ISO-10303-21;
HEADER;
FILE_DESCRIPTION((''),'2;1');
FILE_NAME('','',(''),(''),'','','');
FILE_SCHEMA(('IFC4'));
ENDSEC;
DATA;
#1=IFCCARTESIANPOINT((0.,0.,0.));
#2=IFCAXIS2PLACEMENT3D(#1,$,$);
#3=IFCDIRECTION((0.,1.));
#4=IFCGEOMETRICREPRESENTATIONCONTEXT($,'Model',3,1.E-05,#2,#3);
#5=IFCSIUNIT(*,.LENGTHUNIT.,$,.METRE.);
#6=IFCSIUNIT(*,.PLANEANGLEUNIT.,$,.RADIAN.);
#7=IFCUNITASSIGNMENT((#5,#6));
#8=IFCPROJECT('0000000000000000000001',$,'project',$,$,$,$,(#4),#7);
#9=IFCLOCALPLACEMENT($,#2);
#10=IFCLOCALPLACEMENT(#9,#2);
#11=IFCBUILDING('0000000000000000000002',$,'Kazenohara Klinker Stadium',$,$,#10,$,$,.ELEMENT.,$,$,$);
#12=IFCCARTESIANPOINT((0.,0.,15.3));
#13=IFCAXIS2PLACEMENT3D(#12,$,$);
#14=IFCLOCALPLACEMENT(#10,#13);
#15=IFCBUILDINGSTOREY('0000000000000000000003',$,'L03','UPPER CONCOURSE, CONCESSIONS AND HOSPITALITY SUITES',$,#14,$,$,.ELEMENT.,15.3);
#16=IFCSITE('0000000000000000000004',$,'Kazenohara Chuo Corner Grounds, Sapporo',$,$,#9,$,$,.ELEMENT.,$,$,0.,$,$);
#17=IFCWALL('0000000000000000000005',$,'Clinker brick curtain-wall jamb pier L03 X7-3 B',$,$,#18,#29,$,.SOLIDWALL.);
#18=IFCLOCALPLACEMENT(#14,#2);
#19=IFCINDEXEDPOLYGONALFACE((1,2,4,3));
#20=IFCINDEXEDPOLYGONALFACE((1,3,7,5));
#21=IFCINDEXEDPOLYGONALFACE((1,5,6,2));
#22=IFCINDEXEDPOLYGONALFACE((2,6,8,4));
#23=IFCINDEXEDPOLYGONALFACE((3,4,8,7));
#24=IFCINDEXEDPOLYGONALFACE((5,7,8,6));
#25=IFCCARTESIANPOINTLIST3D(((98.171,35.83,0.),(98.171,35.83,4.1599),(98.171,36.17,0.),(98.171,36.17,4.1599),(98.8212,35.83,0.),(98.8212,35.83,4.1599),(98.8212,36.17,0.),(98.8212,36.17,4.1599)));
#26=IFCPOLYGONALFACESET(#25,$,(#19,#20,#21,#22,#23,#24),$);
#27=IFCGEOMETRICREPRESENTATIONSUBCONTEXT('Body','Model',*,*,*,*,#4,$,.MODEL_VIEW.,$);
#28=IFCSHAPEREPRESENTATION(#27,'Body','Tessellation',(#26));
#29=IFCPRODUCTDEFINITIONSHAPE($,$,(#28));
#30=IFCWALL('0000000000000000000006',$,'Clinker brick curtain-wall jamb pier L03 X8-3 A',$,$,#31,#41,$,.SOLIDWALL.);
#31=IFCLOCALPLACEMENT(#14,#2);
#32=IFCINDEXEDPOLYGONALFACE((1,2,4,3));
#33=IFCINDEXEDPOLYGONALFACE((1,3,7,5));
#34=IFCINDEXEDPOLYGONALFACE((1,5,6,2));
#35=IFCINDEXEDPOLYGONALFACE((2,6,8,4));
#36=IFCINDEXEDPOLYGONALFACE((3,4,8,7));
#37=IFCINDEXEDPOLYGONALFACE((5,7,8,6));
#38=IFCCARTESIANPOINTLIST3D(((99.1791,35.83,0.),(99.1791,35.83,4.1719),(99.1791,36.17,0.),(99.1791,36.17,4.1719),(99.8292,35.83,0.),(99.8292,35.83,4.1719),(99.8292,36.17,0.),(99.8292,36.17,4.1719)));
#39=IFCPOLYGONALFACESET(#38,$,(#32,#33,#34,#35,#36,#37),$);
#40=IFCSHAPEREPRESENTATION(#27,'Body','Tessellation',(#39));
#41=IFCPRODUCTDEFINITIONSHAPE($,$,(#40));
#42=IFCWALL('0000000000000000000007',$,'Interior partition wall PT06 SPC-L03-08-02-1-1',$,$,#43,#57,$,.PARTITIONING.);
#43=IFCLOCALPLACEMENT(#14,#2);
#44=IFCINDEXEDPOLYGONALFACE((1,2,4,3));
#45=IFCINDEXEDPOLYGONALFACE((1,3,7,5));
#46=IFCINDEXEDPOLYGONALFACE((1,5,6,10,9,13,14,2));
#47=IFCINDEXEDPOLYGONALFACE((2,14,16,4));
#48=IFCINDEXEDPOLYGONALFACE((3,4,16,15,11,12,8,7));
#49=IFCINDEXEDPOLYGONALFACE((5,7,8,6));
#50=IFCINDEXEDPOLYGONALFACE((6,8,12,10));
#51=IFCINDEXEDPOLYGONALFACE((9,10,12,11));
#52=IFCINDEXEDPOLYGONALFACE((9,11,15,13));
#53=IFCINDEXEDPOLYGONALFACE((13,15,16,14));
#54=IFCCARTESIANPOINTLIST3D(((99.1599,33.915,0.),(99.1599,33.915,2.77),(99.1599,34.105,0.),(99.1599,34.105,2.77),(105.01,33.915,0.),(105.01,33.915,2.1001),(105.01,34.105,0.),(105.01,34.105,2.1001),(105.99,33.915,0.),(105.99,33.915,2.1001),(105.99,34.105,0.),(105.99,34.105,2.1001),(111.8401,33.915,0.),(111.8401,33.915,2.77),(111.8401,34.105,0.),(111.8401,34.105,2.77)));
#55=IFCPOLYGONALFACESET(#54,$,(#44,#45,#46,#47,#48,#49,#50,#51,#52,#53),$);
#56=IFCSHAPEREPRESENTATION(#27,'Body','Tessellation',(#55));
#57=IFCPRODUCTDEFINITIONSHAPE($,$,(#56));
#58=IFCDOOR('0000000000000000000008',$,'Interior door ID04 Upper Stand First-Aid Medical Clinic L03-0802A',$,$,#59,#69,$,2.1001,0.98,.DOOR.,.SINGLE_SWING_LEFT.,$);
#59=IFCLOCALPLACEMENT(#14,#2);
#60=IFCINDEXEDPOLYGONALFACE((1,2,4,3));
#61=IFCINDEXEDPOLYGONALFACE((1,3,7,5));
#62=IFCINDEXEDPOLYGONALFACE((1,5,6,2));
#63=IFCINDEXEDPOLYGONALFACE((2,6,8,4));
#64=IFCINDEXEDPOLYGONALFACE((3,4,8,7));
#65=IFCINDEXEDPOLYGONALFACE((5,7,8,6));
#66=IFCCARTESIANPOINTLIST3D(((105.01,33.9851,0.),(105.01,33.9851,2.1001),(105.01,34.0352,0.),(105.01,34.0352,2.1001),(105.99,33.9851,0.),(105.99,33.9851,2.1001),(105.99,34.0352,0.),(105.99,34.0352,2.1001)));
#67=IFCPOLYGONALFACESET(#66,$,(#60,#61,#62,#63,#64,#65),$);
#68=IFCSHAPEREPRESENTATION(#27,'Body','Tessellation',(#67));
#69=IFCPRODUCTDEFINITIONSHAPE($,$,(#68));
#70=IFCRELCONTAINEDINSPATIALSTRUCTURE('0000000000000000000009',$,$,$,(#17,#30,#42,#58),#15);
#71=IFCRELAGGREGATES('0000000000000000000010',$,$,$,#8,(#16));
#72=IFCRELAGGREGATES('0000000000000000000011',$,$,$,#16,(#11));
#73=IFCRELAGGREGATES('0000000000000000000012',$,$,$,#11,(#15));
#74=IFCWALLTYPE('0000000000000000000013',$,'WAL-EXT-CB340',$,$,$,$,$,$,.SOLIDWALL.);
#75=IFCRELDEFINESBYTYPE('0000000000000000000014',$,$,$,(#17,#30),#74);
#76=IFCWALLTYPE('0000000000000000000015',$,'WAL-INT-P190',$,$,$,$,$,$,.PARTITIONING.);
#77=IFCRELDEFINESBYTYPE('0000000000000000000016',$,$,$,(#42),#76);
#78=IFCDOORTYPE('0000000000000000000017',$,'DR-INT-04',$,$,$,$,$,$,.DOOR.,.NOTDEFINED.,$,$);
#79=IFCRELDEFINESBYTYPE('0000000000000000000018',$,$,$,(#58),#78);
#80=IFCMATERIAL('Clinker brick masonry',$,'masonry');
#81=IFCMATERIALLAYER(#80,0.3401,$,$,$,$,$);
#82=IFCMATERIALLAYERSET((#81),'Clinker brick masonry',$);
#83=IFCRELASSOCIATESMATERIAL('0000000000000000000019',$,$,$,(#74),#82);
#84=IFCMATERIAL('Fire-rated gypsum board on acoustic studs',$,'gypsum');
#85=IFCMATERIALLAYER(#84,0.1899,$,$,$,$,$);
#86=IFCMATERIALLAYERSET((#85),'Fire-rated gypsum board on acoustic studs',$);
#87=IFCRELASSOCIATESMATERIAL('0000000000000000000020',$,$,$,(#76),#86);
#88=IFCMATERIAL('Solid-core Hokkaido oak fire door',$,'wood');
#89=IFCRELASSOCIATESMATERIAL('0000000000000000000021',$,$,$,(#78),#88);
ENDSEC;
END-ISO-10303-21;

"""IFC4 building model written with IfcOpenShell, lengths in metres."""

from ifc_helpers import new_model, si_unit, direction, frame, frame_2d, origin, place, context, subcontext, project, spatial, rectangle, extrude, material, layer, layer_set, type_object, element, fill, save


model = new_model("IFC4")

# Units and contexts
model_context = context("Model", 3, precision=1e-05, world=origin(), true_north=direction((0.0, 1.0)))
body_context = subcontext(model_context, "Body", "Model", "MODEL_VIEW")
ifc_project = project(units=[si_unit("LENGTHUNIT", "METRE"), si_unit("PLANEANGLEUNIT", "RADIAN")], contexts=[model_context])

# Site, building, storey
site_placement = place(None, origin())
site = spatial("IfcSite", under=ifc_project, at=site_placement, Name="Kazenohara Chuo Corner Grounds, Sapporo", CompositionType="ELEMENT", RefElevation=0.0)
building_placement = place(site_placement, origin())
building = spatial("IfcBuilding", under=site, at=building_placement, Name="Kazenohara Klinker Stadium", CompositionType="ELEMENT")
storey_placement = place(building_placement, frame((0.0, 0.0, 15.3)))
storey = spatial("IfcBuildingStorey", under=building, at=storey_placement, Name="L03", Description="UPPER CONCOURSE, CONCESSIONS AND HOSPITALITY SUITES", CompositionType="ELEMENT", Elevation=15.3)

# Walls
ifc_material_1 = material(Name="Clinker brick masonry", Category="masonry")
ifc_layer_1 = layer(ifc_material_1, 0.3401)
ifc_layer_set_1 = layer_set([ifc_layer_1], Name="Clinker brick masonry")
wall_type_1 = type_object("IfcWallType", Name="WAL-EXT-CB340", PredefinedType="SOLIDWALL", material=ifc_layer_set_1)
wall_1_placement = place(storey_placement, frame((98.1709, 36.0, 0.0), z_axis=(0.0, 0.0, 1.0), x_axis=(1.0, 0.0, 0.0)))
element("IfcWall", 1, at=wall_1_placement, inside=storey, type_object=wall_type_1, Name="Clinker brick curtain-wall jamb pier L03 X7-3 B", PredefinedType="SOLIDWALL", context=body_context, shape_type="SweptSolid", body=[
    extrude(rectangle(XDim=0.6501, YDim=0.3401, at=frame_2d((0.3252, 0.0))), origin(), (0.0, 0.0, 1.0), 4.1599),
])
wall_2_placement = place(storey_placement, frame((99.179, 36.0, 0.0), z_axis=(0.0, 0.0, 1.0), x_axis=(1.0, 0.0, 0.0)))
element("IfcWall", 2, at=wall_2_placement, inside=storey, type_object=wall_type_1, Name="Clinker brick curtain-wall jamb pier L03 X8-3 A", PredefinedType="SOLIDWALL", context=body_context, shape_type="SweptSolid", body=[
    extrude(rectangle(XDim=0.6501, YDim=0.3401, at=frame_2d((0.3252, 0.0))), origin(), (0.0, 0.0, 1.0), 4.1719),
])

# Wall, opening, door
ifc_material_2 = material(Name="Fire-rated gypsum board on acoustic studs", Category="gypsum")
ifc_layer_2 = layer(ifc_material_2, 0.1899)
ifc_layer_set_2 = layer_set([ifc_layer_2], Name="Fire-rated gypsum board on acoustic studs")
wall_type_2 = type_object("IfcWallType", Name="WAL-INT-P190", PredefinedType="PARTITIONING", material=ifc_layer_set_2)
wall_3_placement = place(storey_placement, frame((99.1599, 34.01, 0.0), z_axis=(0.0, 0.0, 1.0), x_axis=(1.0, 0.0, 0.0)))
wall_3 = element("IfcWall", 3, at=wall_3_placement, inside=storey, type_object=wall_type_2, Name="Interior partition wall PT06 SPC-L03-08-02-1-1", PredefinedType="PARTITIONING", context=body_context, shape_type="SweptSolid", body=[
    extrude(rectangle(XDim=12.6802, YDim=0.1899, at=frame_2d((6.3401, 0.0))), origin(), (0.0, 0.0, 1.0), 2.77),
])
opening_placement = place(wall_3_placement, frame((6.8301, 0.0, 0.0), z_axis=(0.0, 0.0, 1.0), x_axis=(-1.0, 0.0, 0.0)))
opening = element("IfcOpeningElement", 4, at=opening_placement, cuts=wall_3, PredefinedType="OPENING", context=body_context, shape_type="SweptSolid", body=[
    extrude(rectangle(XDim=0.98, YDim=2.1001, at=frame_2d((0.49, 1.05))), frame((0.0, 0.105, 0.0), z_axis=(0.0, -1.0, 0.0), x_axis=(1.0, 0.0, 0.0)), (0.0, 0.0, 1.0), 0.21),
])
ifc_material_3 = material(Name="Solid-core Hokkaido oak fire door", Category="wood")
door_type = type_object("IfcDoorType", Name="DR-INT-04", OperationType="NOTDEFINED", PredefinedType="DOOR", material=ifc_material_3)
door_placement = place(opening_placement, origin())
door = element("IfcDoor", 5, at=door_placement, inside=storey, type_object=door_type, Name="Interior door ID04 Upper Stand First-Aid Medical Clinic L03-0802A", OperationType="SINGLE_SWING_LEFT", OverallHeight=2.1001, OverallWidth=0.98, PredefinedType="DOOR", context=body_context, shape_type="SweptSolid", body=[
    extrude(rectangle(XDim=0.98, YDim=2.1001, at=frame_2d((0.49, 1.05))), frame((0.0, 0.0249, 0.0), z_axis=(0.0, -1.0, 0.0), x_axis=(1.0, 0.0, 0.0)), (0.0, 0.0, 1.0), 0.05),
])
fill(opening, door)

save(model, "model.ifc")
